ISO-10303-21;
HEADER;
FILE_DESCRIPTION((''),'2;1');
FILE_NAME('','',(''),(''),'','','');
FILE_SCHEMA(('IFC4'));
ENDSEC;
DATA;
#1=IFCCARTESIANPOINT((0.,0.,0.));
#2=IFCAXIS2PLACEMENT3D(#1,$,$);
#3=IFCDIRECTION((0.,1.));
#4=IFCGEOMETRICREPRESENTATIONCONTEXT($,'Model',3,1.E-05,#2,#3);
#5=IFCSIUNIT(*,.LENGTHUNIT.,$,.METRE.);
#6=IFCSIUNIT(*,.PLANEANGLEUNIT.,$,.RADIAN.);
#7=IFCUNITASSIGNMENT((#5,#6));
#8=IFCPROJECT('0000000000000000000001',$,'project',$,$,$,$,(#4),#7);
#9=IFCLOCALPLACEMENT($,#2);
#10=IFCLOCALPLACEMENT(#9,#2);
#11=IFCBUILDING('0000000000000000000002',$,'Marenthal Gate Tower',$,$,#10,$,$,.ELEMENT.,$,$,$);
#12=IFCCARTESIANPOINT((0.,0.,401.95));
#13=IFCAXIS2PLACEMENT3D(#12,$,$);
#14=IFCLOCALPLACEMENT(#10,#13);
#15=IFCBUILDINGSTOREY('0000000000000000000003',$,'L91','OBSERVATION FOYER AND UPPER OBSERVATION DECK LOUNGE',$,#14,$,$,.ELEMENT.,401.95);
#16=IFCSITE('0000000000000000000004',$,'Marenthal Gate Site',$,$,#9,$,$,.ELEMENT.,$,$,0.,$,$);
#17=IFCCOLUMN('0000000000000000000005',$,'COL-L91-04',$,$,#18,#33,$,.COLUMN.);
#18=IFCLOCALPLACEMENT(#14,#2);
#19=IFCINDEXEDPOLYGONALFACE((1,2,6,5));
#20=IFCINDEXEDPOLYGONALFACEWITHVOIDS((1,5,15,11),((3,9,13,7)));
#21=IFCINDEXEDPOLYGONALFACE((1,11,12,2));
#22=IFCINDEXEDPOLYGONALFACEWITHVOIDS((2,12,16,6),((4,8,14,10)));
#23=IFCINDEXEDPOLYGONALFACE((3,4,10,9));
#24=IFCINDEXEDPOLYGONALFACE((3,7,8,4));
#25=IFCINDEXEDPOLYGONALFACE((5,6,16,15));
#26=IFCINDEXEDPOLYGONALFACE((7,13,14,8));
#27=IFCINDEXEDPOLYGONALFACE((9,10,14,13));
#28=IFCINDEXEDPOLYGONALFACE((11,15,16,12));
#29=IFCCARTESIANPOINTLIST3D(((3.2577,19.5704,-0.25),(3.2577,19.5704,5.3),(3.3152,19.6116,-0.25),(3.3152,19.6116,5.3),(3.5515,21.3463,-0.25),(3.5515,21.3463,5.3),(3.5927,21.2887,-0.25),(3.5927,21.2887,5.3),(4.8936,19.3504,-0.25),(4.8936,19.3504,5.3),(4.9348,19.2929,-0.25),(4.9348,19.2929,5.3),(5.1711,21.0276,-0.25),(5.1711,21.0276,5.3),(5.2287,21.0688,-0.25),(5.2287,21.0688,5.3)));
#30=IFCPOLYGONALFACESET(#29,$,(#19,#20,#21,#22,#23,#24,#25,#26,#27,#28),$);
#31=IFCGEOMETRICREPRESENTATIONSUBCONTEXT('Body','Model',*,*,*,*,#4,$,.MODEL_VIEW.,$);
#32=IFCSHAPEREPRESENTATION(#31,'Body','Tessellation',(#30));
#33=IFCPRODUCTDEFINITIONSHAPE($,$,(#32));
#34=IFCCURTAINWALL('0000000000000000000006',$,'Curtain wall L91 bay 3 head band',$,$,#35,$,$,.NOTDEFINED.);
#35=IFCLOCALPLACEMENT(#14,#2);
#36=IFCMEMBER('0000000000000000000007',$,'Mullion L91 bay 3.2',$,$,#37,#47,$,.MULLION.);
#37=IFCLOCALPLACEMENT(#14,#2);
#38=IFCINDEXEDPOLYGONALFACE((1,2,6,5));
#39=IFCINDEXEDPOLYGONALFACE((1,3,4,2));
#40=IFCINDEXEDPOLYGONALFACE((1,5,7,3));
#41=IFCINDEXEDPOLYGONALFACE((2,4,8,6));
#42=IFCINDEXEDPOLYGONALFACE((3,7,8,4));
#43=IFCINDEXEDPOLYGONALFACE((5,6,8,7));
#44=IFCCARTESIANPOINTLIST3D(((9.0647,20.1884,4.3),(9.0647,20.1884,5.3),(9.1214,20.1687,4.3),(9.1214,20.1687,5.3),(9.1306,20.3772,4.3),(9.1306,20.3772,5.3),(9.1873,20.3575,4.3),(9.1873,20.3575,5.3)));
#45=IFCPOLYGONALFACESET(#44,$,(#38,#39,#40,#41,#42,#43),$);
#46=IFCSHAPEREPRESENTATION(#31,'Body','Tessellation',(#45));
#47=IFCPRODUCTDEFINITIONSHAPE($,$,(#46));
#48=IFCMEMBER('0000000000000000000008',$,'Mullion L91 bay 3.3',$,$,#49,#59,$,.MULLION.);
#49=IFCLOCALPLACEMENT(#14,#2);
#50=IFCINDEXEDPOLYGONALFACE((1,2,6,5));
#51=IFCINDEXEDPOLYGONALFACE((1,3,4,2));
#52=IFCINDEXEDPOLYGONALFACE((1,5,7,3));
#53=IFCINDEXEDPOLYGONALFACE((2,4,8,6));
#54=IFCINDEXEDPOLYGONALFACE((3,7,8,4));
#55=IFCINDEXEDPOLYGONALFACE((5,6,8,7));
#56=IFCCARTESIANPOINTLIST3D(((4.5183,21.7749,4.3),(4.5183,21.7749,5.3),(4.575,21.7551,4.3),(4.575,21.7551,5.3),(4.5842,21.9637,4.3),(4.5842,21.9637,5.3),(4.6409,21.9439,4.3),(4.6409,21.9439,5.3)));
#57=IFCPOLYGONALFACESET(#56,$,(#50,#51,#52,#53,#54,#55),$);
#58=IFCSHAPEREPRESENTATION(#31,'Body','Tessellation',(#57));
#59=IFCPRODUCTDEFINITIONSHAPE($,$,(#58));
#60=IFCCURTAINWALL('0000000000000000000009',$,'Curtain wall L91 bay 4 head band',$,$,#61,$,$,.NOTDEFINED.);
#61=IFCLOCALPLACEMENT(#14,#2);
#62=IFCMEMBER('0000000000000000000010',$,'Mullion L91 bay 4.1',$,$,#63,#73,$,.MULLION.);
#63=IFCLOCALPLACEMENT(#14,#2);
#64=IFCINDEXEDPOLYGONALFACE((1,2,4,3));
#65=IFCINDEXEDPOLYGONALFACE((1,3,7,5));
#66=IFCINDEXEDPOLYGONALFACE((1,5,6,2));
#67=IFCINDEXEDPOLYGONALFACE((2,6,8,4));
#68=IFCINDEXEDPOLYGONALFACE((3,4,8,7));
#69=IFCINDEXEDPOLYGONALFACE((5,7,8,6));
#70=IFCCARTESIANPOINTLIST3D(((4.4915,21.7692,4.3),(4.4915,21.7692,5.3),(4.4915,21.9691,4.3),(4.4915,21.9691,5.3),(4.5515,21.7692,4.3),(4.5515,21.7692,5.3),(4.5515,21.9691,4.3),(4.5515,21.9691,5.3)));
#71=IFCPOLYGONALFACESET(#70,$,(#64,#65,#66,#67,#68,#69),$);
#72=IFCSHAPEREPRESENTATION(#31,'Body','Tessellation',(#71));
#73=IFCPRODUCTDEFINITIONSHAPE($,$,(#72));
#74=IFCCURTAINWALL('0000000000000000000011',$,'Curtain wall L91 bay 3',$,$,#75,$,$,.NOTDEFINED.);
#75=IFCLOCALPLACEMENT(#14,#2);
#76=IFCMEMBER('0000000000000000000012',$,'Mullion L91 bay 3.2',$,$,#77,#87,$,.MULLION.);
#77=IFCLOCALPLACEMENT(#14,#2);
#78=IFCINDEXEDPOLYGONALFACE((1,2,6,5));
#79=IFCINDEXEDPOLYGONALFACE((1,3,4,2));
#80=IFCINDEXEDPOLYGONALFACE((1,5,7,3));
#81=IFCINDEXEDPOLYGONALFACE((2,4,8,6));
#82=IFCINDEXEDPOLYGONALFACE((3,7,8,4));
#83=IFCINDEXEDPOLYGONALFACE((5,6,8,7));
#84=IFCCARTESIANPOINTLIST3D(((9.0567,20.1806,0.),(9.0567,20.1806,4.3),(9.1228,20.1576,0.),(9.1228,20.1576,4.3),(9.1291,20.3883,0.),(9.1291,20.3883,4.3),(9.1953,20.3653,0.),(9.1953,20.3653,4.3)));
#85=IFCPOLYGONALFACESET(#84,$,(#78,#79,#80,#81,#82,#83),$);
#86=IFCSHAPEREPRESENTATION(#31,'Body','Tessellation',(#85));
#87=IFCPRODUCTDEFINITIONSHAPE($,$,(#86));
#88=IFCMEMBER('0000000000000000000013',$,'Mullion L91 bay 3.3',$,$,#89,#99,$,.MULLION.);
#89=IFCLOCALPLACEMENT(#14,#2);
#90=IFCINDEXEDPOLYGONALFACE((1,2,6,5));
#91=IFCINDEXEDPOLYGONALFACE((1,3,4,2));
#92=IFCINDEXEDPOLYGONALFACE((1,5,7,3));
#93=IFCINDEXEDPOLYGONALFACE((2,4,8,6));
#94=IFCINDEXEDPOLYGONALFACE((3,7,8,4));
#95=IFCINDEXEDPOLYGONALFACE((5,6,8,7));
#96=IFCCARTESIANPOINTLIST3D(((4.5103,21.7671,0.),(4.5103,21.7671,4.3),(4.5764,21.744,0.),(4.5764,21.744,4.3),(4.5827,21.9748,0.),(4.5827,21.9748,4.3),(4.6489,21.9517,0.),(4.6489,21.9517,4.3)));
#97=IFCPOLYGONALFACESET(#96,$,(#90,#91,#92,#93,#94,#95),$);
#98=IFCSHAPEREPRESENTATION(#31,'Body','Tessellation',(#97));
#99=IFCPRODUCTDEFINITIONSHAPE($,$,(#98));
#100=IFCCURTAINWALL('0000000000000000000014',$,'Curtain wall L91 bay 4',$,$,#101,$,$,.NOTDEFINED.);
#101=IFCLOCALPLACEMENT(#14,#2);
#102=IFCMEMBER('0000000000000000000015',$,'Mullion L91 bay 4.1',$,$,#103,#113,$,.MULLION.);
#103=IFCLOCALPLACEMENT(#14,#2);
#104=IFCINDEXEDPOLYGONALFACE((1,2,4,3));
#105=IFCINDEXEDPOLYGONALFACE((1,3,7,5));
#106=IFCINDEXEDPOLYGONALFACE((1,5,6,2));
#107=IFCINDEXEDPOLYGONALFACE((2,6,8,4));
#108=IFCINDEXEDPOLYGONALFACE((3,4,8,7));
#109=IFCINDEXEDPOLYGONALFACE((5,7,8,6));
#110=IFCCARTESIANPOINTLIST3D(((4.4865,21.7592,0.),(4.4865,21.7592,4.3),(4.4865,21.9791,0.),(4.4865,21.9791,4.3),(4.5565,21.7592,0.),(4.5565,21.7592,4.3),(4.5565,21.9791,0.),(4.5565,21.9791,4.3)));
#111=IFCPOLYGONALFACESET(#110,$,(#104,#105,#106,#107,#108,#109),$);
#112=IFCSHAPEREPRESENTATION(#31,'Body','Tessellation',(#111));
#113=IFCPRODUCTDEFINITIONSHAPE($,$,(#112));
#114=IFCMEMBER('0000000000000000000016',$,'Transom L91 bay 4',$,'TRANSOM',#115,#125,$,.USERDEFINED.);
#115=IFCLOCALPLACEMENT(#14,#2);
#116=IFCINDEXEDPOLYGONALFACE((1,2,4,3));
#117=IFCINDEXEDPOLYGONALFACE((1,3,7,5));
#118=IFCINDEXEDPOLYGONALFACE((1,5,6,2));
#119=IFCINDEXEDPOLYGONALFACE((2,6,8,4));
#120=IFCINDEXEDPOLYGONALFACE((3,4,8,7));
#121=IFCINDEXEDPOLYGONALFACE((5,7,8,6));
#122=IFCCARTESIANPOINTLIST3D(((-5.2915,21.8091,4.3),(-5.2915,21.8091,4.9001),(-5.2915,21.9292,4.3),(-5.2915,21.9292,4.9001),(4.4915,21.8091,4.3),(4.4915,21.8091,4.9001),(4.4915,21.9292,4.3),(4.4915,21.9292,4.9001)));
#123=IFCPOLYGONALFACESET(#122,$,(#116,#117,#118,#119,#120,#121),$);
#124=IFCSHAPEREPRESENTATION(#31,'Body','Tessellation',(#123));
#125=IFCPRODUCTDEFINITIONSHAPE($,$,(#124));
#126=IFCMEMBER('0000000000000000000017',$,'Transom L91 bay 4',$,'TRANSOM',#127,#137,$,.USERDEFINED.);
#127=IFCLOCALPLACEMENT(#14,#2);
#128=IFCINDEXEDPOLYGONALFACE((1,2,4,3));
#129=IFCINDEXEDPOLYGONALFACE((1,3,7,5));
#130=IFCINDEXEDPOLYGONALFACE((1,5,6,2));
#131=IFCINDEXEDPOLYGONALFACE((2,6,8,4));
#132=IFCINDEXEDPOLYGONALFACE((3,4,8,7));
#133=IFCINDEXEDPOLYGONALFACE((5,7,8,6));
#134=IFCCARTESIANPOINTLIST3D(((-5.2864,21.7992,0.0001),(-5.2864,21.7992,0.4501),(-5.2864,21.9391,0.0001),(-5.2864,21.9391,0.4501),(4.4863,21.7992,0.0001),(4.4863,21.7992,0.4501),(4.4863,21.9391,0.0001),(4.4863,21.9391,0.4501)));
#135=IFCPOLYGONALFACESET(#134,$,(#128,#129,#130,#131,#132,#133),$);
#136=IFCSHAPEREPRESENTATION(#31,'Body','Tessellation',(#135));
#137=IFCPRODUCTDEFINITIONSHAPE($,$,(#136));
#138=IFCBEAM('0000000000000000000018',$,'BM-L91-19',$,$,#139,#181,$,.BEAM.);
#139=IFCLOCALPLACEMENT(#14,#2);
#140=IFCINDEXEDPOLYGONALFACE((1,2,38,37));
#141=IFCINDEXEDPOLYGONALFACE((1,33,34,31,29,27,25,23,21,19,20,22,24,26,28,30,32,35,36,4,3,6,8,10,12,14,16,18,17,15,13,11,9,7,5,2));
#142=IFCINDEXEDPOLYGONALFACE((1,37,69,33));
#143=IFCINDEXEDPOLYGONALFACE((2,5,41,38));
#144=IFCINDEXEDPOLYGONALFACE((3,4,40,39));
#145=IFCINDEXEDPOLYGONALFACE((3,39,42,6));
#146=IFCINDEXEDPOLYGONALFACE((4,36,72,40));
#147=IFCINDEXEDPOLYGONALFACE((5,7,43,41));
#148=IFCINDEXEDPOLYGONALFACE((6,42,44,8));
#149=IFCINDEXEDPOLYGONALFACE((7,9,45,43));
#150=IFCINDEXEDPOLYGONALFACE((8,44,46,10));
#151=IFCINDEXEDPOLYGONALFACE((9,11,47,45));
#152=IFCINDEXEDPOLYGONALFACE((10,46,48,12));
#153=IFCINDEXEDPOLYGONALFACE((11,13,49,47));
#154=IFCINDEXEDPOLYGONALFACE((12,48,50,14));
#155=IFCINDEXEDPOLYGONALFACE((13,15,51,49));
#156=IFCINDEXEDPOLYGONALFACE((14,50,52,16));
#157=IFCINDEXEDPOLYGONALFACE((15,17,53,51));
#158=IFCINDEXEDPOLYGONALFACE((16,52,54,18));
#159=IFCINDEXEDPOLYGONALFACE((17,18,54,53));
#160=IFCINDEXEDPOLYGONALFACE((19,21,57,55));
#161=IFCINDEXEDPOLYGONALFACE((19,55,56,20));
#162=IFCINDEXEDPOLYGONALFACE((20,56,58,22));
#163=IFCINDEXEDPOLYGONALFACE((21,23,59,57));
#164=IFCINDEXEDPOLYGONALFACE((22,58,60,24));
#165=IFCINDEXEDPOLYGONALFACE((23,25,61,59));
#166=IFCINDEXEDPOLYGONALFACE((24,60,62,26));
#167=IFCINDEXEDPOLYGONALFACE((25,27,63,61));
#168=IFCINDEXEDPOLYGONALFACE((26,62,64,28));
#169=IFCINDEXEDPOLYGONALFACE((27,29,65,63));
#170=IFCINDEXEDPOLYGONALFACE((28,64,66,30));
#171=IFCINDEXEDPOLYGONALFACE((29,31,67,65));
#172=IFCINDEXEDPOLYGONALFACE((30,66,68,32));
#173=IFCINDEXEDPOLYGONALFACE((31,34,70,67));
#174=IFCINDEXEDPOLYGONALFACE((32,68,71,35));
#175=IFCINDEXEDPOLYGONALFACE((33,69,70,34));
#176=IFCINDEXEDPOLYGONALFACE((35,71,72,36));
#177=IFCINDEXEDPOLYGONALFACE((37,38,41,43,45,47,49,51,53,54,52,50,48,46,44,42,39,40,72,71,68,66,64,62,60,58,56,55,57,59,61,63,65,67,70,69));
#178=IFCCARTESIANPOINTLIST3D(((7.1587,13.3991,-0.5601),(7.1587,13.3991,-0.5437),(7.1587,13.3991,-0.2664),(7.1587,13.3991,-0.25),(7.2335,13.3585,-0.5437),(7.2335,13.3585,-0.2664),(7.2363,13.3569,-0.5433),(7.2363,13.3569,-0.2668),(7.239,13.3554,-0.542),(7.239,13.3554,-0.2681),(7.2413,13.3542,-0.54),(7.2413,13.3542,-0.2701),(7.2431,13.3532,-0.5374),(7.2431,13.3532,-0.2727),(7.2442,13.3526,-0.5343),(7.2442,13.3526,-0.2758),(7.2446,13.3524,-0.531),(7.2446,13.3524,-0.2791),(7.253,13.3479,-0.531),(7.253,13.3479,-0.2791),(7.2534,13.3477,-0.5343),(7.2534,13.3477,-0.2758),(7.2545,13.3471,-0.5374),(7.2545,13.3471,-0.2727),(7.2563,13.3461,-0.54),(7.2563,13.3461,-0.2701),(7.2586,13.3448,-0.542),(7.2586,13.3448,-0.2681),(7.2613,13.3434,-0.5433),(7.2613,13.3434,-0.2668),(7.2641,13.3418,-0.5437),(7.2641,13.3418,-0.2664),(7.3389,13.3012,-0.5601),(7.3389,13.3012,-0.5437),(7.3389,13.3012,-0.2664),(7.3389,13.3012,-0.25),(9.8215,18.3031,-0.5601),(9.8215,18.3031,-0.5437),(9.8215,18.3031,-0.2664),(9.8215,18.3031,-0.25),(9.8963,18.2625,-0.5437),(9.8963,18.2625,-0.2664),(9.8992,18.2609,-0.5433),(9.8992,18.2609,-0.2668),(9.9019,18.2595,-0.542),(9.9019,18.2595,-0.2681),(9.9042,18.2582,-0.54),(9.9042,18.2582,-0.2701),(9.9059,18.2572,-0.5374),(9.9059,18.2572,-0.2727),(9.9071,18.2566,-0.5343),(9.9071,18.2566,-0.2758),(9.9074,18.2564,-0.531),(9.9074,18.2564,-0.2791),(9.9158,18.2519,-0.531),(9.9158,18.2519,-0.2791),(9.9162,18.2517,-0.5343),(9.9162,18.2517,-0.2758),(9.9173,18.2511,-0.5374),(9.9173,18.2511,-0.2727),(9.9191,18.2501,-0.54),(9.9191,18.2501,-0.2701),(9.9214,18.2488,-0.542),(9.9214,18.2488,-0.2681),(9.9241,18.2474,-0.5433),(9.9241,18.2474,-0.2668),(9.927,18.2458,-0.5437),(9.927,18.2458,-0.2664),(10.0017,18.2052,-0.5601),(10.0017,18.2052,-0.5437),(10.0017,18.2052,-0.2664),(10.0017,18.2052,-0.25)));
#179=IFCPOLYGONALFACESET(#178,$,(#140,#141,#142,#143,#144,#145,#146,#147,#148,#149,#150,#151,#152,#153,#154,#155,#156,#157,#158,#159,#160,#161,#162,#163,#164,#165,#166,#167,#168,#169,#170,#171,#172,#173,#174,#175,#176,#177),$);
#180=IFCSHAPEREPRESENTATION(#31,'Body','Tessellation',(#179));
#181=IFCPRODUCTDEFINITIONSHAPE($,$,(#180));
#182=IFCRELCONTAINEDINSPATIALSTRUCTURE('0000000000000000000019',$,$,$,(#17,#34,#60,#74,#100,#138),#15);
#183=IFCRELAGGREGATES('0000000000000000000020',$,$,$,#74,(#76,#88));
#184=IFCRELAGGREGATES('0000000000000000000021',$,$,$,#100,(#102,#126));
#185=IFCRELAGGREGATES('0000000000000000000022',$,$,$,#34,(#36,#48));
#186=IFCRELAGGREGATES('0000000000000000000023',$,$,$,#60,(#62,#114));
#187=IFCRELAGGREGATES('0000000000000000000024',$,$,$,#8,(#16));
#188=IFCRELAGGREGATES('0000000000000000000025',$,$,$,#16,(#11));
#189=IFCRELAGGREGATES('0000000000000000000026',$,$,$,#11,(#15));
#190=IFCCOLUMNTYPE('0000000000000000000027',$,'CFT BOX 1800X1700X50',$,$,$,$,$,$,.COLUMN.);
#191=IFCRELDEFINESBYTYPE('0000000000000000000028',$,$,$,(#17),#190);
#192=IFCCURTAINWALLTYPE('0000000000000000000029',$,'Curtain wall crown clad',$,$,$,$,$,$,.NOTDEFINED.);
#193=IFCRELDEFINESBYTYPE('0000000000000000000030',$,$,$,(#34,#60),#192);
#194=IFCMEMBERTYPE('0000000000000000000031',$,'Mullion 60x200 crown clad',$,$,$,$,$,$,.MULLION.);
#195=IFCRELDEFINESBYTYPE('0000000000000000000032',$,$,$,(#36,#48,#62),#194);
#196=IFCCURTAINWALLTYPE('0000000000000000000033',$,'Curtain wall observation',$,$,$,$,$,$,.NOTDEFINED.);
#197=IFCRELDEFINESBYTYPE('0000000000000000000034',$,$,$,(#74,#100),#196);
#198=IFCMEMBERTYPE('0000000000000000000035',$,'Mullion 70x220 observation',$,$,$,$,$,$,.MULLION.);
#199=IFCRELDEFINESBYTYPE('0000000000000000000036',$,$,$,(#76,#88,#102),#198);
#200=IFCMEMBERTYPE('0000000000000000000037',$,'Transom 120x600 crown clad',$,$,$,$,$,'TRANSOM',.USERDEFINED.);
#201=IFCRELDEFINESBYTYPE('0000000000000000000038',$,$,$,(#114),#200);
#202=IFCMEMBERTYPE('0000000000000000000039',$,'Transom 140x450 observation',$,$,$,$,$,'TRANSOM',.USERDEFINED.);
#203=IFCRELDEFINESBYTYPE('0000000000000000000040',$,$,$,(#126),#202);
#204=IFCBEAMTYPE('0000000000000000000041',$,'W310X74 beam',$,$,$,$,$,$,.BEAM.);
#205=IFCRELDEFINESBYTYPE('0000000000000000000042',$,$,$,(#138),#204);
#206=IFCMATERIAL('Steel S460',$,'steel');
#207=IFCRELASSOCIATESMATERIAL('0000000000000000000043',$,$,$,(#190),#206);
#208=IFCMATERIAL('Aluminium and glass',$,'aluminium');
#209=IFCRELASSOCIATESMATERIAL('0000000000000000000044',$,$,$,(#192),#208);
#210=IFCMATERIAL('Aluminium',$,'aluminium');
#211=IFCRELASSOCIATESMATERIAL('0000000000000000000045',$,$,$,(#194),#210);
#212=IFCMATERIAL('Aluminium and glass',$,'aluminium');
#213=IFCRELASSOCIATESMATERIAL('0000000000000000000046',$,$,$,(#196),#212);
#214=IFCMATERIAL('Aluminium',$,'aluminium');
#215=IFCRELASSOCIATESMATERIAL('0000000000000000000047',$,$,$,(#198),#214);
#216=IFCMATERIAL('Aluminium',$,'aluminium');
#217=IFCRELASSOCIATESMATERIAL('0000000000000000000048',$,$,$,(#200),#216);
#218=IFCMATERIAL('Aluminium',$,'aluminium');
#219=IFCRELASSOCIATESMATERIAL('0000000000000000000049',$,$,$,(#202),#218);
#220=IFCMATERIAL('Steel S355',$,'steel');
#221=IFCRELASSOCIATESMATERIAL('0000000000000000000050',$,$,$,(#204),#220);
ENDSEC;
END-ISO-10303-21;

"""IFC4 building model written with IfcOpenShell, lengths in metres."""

from ifc_helpers import new_model, si_unit, direction, frame, origin, origin_2d, place, context, subcontext, project, spatial, rectangle, hollow_rectangle, i_section, extrude, material, material_profile, profile_set, type_object, element, aggregate, save


model = new_model("IFC4")

# Units and contexts
model_context = context("Model", 3, precision=1e-05, world=origin(), true_north=direction((0.0, 1.0)))
body_context = subcontext(model_context, "Body", "Model", "MODEL_VIEW")
ifc_project = project(units=[si_unit("LENGTHUNIT", "METRE"), si_unit("PLANEANGLEUNIT", "RADIAN")], contexts=[model_context])

# Site, building, storey
site_placement = place(None, origin())
site = spatial("IfcSite", under=ifc_project, at=site_placement, Name="Marenthal Gate Site", CompositionType="ELEMENT", RefElevation=0.0)
building_placement = place(site_placement, origin())
building = spatial("IfcBuilding", under=site, at=building_placement, Name="Marenthal Gate Tower", CompositionType="ELEMENT")
storey_placement = place(building_placement, frame((0.0, 0.0, 401.95)))
storey = spatial("IfcBuildingStorey", under=building, at=storey_placement, Name="L91", Description="OBSERVATION FOYER AND UPPER OBSERVATION DECK LOUNGE", CompositionType="ELEMENT", Elevation=401.95)

# Column
ifc_material_1 = material(Name="Steel S460", Category="steel")
ifc_material_profile_1 = material_profile(ifc_material_1, hollow_rectangle(XDim=1.7, YDim=1.8, WallThickness=0.05, at=origin_2d()), Name="CFT BOX 1800X1700X50")
ifc_material_2 = material(Name="Concrete 70 MPa", Category="concrete")
ifc_material_profile_2 = material_profile(ifc_material_2, rectangle(XDim=1.6001, YDim=1.7, at=origin_2d()), Name="CFT BOX 1800X1700X50 INFILL")
ifc_profile_set_1 = profile_set([ifc_material_profile_1, ifc_material_profile_2], Name="Steel S460 shell, Concrete 70 MPa infill")
column_type = type_object("IfcColumnType", Name="CFT BOX 1800X1700X50", PredefinedType="COLUMN", material=ifc_profile_set_1)
column_placement = place(storey_placement, frame((4.2432, 20.3196, -0.25), z_axis=(0.0, 0.0, 1.0), x_axis=(0.986583, -0.163262, 0.0)))
element("IfcColumn", 1, at=column_placement, inside=storey, type_object=column_type, Name="COL-L91-04", PredefinedType="COLUMN", context=body_context, shape_type="SweptSolid", body=[
    extrude(hollow_rectangle(XDim=1.7, YDim=1.8, WallThickness=0.05, at=origin_2d()), origin(), (0.0, 0.0, 1.0), 5.55),
])

# Curtain wall, members
ifc_material_3 = material(Name="Aluminium and glass", Category="aluminium")
curtain_wall_type_1 = type_object("IfcCurtainWallType", Name="Curtain wall crown clad", PredefinedType="NOTDEFINED", material=ifc_material_3)
curtain_wall_1_placement = place(storey_placement, origin())
curtain_wall_1 = element("IfcCurtainWall", 2, at=curtain_wall_1_placement, inside=storey, type_object=curtain_wall_type_1, Name="Curtain wall L91 bay 3 head band", PredefinedType="NOTDEFINED")
ifc_material_4 = material(Name="Aluminium", Category="aluminium")
ifc_material_profile_3 = material_profile(ifc_material_4, rectangle(XDim=0.2, YDim=0.0601, at=origin_2d()), Name="60x200 aluminium mullion")
ifc_profile_set_2 = profile_set([ifc_material_profile_3], Name="Aluminium")
member_type_1 = type_object("IfcMemberType", Name="Mullion 60x200 crown clad", PredefinedType="MULLION", material=ifc_profile_set_2)
member_1_placement = place(storey_placement, frame((9.126, 20.2729, 4.3), z_axis=(0.0, 0.0, 1.0), x_axis=(-0.329454, -0.944172, 0.0)))
member_1 = element("IfcMember", 3, at=member_1_placement, type_object=member_type_1, Name="Mullion L91 bay 3.2", PredefinedType="MULLION", context=body_context, shape_type="SweptSolid", body=[
    extrude(rectangle(XDim=0.2, YDim=0.0601, at=origin_2d()), origin(), (0.0, 0.0, 1.0), 1.0),
])
member_2_placement = place(storey_placement, frame((4.5796, 21.8594, 4.3), z_axis=(0.0, 0.0, 1.0), x_axis=(-0.329454, -0.944172, 0.0)))
member_2 = element("IfcMember", 4, at=member_2_placement, type_object=member_type_1, Name="Mullion L91 bay 3.3", PredefinedType="MULLION", context=body_context, shape_type="SweptSolid", body=[
    extrude(rectangle(XDim=0.2, YDim=0.0601, at=origin_2d()), origin(), (0.0, 0.0, 1.0), 1.0),
])

# Curtain wall, member
curtain_wall_2_placement = place(storey_placement, origin())
curtain_wall_2 = element("IfcCurtainWall", 5, at=curtain_wall_2_placement, inside=storey, type_object=curtain_wall_type_1, Name="Curtain wall L91 bay 4 head band", PredefinedType="NOTDEFINED")
member_3_placement = place(storey_placement, frame((4.5215, 21.8691, 4.3), z_axis=(0.0, 0.0, 1.0), x_axis=(0.0, -1.0, 0.0)))
member_3 = element("IfcMember", 6, at=member_3_placement, type_object=member_type_1, Name="Mullion L91 bay 4.1", PredefinedType="MULLION", context=body_context, shape_type="SweptSolid", body=[
    extrude(rectangle(XDim=0.2, YDim=0.0601, at=origin_2d()), origin(), (0.0, 0.0, 1.0), 1.0),
])

# Curtain wall, members
ifc_material_5 = material(Name="Aluminium and glass", Category="aluminium")
curtain_wall_type_2 = type_object("IfcCurtainWallType", Name="Curtain wall observation", PredefinedType="NOTDEFINED", material=ifc_material_5)
curtain_wall_3_placement = place(storey_placement, origin())
curtain_wall_3 = element("IfcCurtainWall", 7, at=curtain_wall_3_placement, inside=storey, type_object=curtain_wall_type_2, Name="Curtain wall L91 bay 3", PredefinedType="NOTDEFINED")
ifc_material_6 = material(Name="Aluminium", Category="aluminium")
ifc_material_profile_4 = material_profile(ifc_material_6, rectangle(XDim=0.22, YDim=0.0701, at=origin_2d()), Name="70x220 aluminium mullion")
ifc_profile_set_3 = profile_set([ifc_material_profile_4], Name="Aluminium")
member_type_2 = type_object("IfcMemberType", Name="Mullion 70x220 observation", PredefinedType="MULLION", material=ifc_profile_set_3)
member_4_placement = place(storey_placement, frame((9.126, 20.2729, 0.0), z_axis=(0.0, 0.0, 1.0), x_axis=(-0.329454, -0.944172, 0.0)))
member_4 = element("IfcMember", 8, at=member_4_placement, type_object=member_type_2, Name="Mullion L91 bay 3.2", PredefinedType="MULLION", context=body_context, shape_type="SweptSolid", body=[
    extrude(rectangle(XDim=0.22, YDim=0.0701, at=origin_2d()), origin(), (0.0, 0.0, 1.0), 4.3),
])
member_5_placement = place(storey_placement, frame((4.5796, 21.8594, 0.0), z_axis=(0.0, 0.0, 1.0), x_axis=(-0.329454, -0.944172, 0.0)))
member_5 = element("IfcMember", 9, at=member_5_placement, type_object=member_type_2, Name="Mullion L91 bay 3.3", PredefinedType="MULLION", context=body_context, shape_type="SweptSolid", body=[
    extrude(rectangle(XDim=0.22, YDim=0.0701, at=origin_2d()), origin(), (0.0, 0.0, 1.0), 4.3),
])

# Curtain wall, member
curtain_wall_4_placement = place(storey_placement, origin())
curtain_wall_4 = element("IfcCurtainWall", 10, at=curtain_wall_4_placement, inside=storey, type_object=curtain_wall_type_2, Name="Curtain wall L91 bay 4", PredefinedType="NOTDEFINED")
member_6_placement = place(storey_placement, frame((4.5215, 21.8691, 0.0), z_axis=(0.0, 0.0, 1.0), x_axis=(0.0, -1.0, 0.0)))
member_6 = element("IfcMember", 11, at=member_6_placement, type_object=member_type_2, Name="Mullion L91 bay 4.1", PredefinedType="MULLION", context=body_context, shape_type="SweptSolid", body=[
    extrude(rectangle(XDim=0.22, YDim=0.0701, at=origin_2d()), origin(), (0.0, 0.0, 1.0), 4.3),
])

# Members
ifc_material_7 = material(Name="Aluminium", Category="aluminium")
ifc_material_profile_5 = material_profile(ifc_material_7, rectangle(XDim=0.1201, YDim=0.6001, at=origin_2d()), Name="120x600 aluminium transom")
ifc_profile_set_4 = profile_set([ifc_material_profile_5], Name="Aluminium")
member_type_3 = type_object("IfcMemberType", Name="Transom 120x600 crown clad", ElementType="TRANSOM", PredefinedType="USERDEFINED", material=ifc_profile_set_4)
member_7_placement = place(storey_placement, frame((4.4915, 21.8691, 4.6001), z_axis=(-1.0, 0.0, 0.0), x_axis=(0.0, -1.0, 0.0)))
member_7 = element("IfcMember", 12, at=member_7_placement, type_object=member_type_3, Name="Transom L91 bay 4", ObjectType="TRANSOM", PredefinedType="USERDEFINED", context=body_context, shape_type="SweptSolid", body=[
    extrude(rectangle(XDim=0.1201, YDim=0.6001, at=origin_2d()), origin(), (0.0, 0.0, 1.0), 9.783),
])
ifc_material_8 = material(Name="Aluminium", Category="aluminium")
ifc_material_profile_6 = material_profile(ifc_material_8, rectangle(XDim=0.1399, YDim=0.45, at=origin_2d()), Name="140x450 aluminium transom")
ifc_profile_set_5 = profile_set([ifc_material_profile_6], Name="Aluminium")
member_type_4 = type_object("IfcMemberType", Name="Transom 140x450 observation", ElementType="TRANSOM", PredefinedType="USERDEFINED", material=ifc_profile_set_5)
member_8_placement = place(storey_placement, frame((4.4863, 21.8691, 0.2251), z_axis=(-1.0, 0.0, 0.0), x_axis=(0.0, -1.0, 0.0)))
member_8 = element("IfcMember", 13, at=member_8_placement, type_object=member_type_4, Name="Transom L91 bay 4", ObjectType="TRANSOM", PredefinedType="USERDEFINED", context=body_context, shape_type="SweptSolid", body=[
    extrude(rectangle(XDim=0.1399, YDim=0.45, at=origin_2d()), origin(), (0.0, 0.0, 1.0), 9.7727),
])

# Beam
ifc_material_9 = material(Name="Steel S355", Category="steel")
ifc_material_profile_7 = material_profile(ifc_material_9, i_section(OverallWidth=0.2051, OverallDepth=0.3101, WebThickness=0.0095, FlangeThickness=0.0164, FilletRadius=0.0127, at=origin_2d()), Name="W310X74")
ifc_profile_set_6 = profile_set([ifc_material_profile_7], Name="Steel S355")
beam_type_1 = type_object("IfcBeamType", Name="W310X74 beam", PredefinedType="BEAM", material=ifc_profile_set_6)
beam_1_placement = place(storey_placement, frame((9.9116, 18.2542, -0.405), z_axis=(-0.477181, -0.878805, 0.0), x_axis=(0.878805, -0.477181, 0.0)))
element("IfcBeam", 14, at=beam_1_placement, inside=storey, type_object=beam_type_1, Name="BM-L91-19", PredefinedType="BEAM", context=body_context, shape_type="SweptSolid", body=[
    extrude(i_section(OverallWidth=0.2051, OverallDepth=0.3101, WebThickness=0.0095, FlangeThickness=0.0164, FilletRadius=0.0127, at=origin_2d()), origin(), (0.0, 0.0, 1.0), 5.5803),
])

aggregate(curtain_wall_3, [member_4, member_5])
aggregate(curtain_wall_4, [member_6, member_8])
aggregate(curtain_wall_1, [member_1, member_2])
aggregate(curtain_wall_2, [member_3, member_7])

save(model, "model.ifc")
